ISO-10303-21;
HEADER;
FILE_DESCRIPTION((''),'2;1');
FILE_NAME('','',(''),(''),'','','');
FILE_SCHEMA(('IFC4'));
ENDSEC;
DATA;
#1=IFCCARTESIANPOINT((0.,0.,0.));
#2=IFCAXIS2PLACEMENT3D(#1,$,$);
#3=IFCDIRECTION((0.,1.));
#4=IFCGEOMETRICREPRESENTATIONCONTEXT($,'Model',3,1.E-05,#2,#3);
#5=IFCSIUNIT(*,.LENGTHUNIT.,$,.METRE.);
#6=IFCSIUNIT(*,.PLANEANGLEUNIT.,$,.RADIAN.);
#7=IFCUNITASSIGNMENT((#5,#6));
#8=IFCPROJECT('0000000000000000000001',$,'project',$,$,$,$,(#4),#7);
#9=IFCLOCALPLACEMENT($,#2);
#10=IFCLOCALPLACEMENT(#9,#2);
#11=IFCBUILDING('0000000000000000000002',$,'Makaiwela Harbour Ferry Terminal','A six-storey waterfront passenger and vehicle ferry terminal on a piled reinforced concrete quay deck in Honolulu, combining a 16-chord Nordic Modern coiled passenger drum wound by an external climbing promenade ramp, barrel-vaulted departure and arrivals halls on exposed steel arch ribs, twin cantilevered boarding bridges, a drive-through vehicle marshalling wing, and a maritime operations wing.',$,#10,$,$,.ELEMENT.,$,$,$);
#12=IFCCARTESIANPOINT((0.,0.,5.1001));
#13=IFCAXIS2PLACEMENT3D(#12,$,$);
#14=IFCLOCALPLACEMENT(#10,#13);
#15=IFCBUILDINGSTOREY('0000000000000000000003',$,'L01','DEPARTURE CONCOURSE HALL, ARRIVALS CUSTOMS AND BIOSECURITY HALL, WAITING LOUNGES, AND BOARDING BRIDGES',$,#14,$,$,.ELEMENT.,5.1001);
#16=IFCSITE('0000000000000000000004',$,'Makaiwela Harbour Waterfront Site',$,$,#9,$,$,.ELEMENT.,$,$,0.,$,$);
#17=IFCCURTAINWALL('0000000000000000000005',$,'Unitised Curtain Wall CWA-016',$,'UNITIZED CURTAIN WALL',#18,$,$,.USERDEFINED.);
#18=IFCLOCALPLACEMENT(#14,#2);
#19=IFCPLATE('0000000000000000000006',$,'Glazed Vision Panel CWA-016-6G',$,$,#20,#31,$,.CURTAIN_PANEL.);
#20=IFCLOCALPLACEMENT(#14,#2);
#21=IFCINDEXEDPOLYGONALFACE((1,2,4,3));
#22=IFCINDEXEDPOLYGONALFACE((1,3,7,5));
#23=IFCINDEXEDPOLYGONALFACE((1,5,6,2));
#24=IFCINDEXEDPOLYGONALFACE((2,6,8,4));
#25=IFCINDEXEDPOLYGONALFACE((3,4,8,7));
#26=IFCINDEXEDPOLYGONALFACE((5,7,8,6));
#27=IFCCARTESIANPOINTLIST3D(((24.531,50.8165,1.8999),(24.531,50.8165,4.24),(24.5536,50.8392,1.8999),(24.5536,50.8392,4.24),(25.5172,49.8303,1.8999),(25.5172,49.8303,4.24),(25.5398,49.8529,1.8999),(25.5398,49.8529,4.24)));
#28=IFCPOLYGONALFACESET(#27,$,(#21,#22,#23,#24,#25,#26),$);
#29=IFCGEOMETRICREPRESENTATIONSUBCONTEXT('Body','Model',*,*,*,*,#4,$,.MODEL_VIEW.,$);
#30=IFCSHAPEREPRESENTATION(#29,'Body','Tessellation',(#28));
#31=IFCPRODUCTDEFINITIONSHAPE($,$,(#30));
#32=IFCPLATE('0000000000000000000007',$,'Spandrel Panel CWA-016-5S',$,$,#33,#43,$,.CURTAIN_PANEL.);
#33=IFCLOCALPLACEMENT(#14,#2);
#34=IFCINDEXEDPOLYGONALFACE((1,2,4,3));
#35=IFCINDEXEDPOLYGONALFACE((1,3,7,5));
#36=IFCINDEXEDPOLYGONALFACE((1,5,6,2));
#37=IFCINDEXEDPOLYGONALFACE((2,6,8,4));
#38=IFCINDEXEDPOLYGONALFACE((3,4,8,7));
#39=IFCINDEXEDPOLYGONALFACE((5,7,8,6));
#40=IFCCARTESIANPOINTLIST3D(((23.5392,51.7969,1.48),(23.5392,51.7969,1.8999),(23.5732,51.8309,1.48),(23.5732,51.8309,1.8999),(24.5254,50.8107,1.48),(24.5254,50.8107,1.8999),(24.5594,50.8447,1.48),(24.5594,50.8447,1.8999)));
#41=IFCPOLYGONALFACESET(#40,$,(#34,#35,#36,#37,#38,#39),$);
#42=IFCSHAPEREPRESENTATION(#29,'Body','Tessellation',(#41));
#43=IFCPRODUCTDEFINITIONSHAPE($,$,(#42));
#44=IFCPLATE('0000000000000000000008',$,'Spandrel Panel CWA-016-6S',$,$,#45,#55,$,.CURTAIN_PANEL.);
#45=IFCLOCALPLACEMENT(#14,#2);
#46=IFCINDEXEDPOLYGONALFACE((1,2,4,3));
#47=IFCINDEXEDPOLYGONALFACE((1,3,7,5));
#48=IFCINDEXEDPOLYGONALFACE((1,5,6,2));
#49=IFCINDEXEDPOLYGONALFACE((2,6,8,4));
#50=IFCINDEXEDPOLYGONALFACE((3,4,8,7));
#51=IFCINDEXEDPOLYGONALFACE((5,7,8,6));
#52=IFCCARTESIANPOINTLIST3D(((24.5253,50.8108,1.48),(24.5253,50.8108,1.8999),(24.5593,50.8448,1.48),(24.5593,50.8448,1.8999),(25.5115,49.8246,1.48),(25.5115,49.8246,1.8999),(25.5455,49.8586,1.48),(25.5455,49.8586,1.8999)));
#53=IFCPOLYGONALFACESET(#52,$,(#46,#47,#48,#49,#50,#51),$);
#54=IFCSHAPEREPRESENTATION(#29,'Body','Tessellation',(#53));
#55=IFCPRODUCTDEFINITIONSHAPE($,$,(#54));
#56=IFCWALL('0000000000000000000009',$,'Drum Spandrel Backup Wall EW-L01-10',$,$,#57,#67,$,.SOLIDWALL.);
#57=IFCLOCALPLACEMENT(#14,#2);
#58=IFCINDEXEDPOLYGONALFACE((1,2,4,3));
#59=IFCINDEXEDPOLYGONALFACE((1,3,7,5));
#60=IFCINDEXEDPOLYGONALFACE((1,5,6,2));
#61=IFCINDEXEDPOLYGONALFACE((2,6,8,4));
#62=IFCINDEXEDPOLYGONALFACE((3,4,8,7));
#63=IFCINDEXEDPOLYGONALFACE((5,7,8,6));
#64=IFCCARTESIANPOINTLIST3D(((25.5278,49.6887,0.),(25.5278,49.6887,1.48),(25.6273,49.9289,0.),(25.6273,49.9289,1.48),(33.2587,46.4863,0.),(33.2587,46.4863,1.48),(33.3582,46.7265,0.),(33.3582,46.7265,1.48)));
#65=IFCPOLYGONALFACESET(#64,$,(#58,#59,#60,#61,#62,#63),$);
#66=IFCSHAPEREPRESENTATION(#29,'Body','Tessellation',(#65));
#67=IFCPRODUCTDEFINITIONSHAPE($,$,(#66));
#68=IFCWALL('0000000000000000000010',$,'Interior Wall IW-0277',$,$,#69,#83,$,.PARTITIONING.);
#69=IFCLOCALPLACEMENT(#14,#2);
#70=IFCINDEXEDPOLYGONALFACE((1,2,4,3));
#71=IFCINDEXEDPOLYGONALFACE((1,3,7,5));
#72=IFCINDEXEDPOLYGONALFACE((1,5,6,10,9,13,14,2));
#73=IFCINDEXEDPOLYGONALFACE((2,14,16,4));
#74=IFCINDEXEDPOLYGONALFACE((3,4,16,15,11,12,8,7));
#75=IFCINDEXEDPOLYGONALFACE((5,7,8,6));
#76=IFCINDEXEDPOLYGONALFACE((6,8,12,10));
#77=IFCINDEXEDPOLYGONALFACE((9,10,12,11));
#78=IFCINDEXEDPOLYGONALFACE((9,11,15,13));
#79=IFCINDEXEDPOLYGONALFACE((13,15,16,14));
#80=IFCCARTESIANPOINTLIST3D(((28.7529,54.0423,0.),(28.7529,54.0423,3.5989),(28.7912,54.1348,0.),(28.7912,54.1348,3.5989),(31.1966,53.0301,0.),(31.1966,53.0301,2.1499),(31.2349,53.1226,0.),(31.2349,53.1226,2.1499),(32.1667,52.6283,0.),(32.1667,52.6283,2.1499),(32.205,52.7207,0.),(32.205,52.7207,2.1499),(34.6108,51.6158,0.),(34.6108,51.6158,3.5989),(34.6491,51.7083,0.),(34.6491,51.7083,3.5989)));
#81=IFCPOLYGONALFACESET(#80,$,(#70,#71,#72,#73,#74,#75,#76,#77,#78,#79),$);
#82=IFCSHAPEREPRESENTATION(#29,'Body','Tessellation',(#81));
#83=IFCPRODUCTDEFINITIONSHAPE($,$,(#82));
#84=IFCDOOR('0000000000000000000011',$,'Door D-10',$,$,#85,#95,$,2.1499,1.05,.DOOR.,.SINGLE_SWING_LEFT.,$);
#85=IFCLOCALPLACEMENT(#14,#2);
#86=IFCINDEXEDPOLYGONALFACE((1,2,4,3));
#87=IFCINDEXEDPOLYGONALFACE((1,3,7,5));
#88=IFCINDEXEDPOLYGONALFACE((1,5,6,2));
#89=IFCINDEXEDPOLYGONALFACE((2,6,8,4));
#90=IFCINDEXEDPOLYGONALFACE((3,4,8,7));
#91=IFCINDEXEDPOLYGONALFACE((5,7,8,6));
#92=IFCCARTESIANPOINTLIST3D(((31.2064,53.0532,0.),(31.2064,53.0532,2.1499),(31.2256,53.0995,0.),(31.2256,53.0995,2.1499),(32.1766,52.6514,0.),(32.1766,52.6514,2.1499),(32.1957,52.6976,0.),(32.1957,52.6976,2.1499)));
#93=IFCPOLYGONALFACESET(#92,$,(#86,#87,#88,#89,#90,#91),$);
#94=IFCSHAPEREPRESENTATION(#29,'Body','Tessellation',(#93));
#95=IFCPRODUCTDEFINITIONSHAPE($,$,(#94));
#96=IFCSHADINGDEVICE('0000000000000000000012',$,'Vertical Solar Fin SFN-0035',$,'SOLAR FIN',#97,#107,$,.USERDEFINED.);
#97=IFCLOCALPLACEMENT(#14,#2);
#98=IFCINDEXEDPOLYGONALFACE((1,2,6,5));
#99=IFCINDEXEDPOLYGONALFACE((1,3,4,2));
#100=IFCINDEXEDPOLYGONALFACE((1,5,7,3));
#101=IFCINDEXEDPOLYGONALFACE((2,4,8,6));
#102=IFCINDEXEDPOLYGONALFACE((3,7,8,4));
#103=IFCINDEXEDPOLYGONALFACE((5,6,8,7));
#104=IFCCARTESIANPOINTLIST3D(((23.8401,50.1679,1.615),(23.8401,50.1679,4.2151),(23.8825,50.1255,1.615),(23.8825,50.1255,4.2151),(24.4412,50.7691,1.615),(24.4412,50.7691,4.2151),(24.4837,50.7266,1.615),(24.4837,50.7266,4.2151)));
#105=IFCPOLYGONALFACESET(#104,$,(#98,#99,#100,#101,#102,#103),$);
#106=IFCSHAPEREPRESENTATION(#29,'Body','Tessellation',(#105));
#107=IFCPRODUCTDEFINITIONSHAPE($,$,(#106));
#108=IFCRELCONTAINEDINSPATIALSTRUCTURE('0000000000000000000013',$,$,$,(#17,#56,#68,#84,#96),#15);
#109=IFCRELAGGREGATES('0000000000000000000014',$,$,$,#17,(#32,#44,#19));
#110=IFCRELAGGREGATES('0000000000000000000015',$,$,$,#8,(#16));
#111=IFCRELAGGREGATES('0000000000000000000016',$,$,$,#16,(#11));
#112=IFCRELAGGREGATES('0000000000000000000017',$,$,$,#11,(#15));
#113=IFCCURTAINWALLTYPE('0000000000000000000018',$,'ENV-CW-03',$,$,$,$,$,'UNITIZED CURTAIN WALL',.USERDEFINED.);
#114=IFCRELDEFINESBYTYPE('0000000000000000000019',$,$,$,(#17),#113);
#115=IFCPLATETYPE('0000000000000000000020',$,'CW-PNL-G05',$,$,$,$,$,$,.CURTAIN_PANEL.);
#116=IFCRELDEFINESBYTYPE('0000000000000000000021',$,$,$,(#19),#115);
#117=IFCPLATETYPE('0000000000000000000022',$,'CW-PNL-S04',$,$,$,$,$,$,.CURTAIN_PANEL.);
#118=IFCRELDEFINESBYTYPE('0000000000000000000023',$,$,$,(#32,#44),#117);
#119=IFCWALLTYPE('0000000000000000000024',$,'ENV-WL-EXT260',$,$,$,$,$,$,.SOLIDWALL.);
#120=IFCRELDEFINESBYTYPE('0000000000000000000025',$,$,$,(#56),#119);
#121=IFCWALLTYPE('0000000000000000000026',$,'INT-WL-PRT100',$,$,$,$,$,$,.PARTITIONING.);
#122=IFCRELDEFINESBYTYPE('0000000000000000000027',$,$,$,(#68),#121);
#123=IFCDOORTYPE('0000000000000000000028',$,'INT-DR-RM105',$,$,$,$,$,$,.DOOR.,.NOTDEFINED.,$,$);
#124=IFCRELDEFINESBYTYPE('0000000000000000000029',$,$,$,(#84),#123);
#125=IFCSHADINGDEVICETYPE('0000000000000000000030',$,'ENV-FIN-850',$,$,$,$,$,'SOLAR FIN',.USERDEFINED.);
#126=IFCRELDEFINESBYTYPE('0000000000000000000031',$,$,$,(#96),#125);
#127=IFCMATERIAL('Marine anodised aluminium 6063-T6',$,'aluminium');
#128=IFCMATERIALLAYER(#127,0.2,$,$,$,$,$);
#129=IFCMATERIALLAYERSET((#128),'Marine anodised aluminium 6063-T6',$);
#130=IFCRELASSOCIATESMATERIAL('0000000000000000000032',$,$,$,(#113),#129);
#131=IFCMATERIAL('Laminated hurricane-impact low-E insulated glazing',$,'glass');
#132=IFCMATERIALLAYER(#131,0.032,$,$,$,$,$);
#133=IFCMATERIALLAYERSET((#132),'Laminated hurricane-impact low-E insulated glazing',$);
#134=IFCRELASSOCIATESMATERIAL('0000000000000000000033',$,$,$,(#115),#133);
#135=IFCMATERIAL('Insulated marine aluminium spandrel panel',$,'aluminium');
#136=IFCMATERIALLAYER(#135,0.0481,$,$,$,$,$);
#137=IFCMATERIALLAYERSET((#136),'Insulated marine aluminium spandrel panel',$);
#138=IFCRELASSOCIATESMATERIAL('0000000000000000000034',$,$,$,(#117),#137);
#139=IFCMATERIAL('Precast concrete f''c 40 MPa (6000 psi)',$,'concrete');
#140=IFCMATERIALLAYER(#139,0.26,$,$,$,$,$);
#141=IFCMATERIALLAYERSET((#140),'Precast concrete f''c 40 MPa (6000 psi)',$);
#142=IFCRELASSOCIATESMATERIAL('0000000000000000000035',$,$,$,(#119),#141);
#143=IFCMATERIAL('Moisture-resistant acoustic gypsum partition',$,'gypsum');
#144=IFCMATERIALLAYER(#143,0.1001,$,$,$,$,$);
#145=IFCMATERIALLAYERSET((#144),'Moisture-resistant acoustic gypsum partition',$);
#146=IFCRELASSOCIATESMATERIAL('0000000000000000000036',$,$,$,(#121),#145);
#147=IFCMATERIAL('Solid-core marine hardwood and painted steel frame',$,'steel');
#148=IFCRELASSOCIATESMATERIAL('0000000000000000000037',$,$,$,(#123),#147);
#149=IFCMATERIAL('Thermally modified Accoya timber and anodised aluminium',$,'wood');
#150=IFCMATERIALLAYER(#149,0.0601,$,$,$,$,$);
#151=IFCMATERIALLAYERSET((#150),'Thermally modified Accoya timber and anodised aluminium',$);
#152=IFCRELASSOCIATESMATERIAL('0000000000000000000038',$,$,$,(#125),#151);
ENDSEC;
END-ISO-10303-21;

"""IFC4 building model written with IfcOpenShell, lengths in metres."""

from ifc_helpers import new_model, si_unit, direction, frame, frame_2d, origin, origin_2d, place, context, subcontext, project, spatial, rectangle, extrude, material, layer, layer_set, type_object, element, fill, aggregate, save


model = new_model("IFC4")

# Units and contexts
model_context = context("Model", 3, precision=1e-05, world=origin(), true_north=direction((0.0, 1.0)))
body_context = subcontext(model_context, "Body", "Model", "MODEL_VIEW")
ifc_project = project(units=[si_unit("LENGTHUNIT", "METRE"), si_unit("PLANEANGLEUNIT", "RADIAN")], contexts=[model_context])

# Site, building, storey
site_placement = place(None, origin())
site = spatial("IfcSite", under=ifc_project, at=site_placement, Name="Makaiwela Harbour Waterfront Site", CompositionType="ELEMENT", RefElevation=0.0)
building_placement = place(site_placement, origin())
building = spatial("IfcBuilding", under=site, at=building_placement, Name="Makaiwela Harbour Ferry Terminal", Description="A six-storey waterfront passenger and vehicle ferry terminal on a piled reinforced concrete quay deck in Honolulu, combining a 16-chord Nordic Modern coiled passenger drum wound by an external climbing promenade ramp, barrel-vaulted departure and arrivals halls on exposed steel arch ribs, twin cantilevered boarding bridges, a drive-through vehicle marshalling wing, and a maritime operations wing.", CompositionType="ELEMENT")
storey_placement = place(building_placement, frame((0.0, 0.0, 5.1001)))
storey = spatial("IfcBuildingStorey", under=building, at=storey_placement, Name="L01", Description="DEPARTURE CONCOURSE HALL, ARRIVALS CUSTOMS AND BIOSECURITY HALL, WAITING LOUNGES, AND BOARDING BRIDGES", CompositionType="ELEMENT", Elevation=5.1001)

# Curtain wall
ifc_material_1 = material(Name="Marine anodised aluminium 6063-T6", Category="aluminium")
ifc_layer_1 = layer(ifc_material_1, 0.2)
ifc_layer_set_1 = layer_set([ifc_layer_1], Name="Marine anodised aluminium 6063-T6")
curtain_wall_type = type_object("IfcCurtainWallType", Name="ENV-CW-03", ElementType="UNITIZED CURTAIN WALL", PredefinedType="USERDEFINED", material=ifc_layer_set_1)
curtain_wall_1_placement = place(storey_placement, origin())
curtain_wall_1 = element("IfcCurtainWall", 1, at=curtain_wall_1_placement, inside=storey, type_object=curtain_wall_type, Name="Unitised Curtain Wall CWA-016", ObjectType="UNITIZED CURTAIN WALL", PredefinedType="USERDEFINED")

# Plates
ifc_material_2 = material(Name="Laminated hurricane-impact low-E insulated glazing", Category="glass")
ifc_layer_2 = layer(ifc_material_2, 0.032)
ifc_layer_set_2 = layer_set([ifc_layer_2], Name="Laminated hurricane-impact low-E insulated glazing")
plate_type_1 = type_object("IfcPlateType", Name="CW-PNL-G05", PredefinedType="CURTAIN_PANEL", material=ifc_layer_set_2)
plate_1_placement = place(storey_placement, frame((25.0354, 50.3347, 1.8999), z_axis=(0.0, 0.0, 1.0), x_axis=(0.707107, -0.707107, 0.0)))
plate_1 = element("IfcPlate", 2, at=plate_1_placement, type_object=plate_type_1, Name="Glazed Vision Panel CWA-016-6G", PredefinedType="CURTAIN_PANEL", context=body_context, shape_type="SweptSolid", body=[
    extrude(rectangle(XDim=1.3948, YDim=0.032, at=origin_2d()), origin(), (0.0, 0.0, 1.0), 2.3401),
])
ifc_material_3 = material(Name="Insulated marine aluminium spandrel panel", Category="aluminium")
ifc_layer_3 = layer(ifc_material_3, 0.0481)
ifc_layer_set_3 = layer_set([ifc_layer_3], Name="Insulated marine aluminium spandrel panel")
plate_type_2 = type_object("IfcPlateType", Name="CW-PNL-S04", PredefinedType="CURTAIN_PANEL", material=ifc_layer_set_3)
plate_2_placement = place(storey_placement, frame((24.0493, 51.3208, 1.48), z_axis=(0.0, 0.0, 1.0), x_axis=(0.707107, -0.707107, 0.0)))
plate_2 = element("IfcPlate", 3, at=plate_2_placement, type_object=plate_type_2, Name="Spandrel Panel CWA-016-5S", PredefinedType="CURTAIN_PANEL", context=body_context, shape_type="SweptSolid", body=[
    extrude(rectangle(XDim=1.3948, YDim=0.0481, at=origin_2d()), origin(), (0.0, 0.0, 1.0), 0.4199),
])
plate_3_placement = place(storey_placement, frame((25.0354, 50.3347, 1.48), z_axis=(0.0, 0.0, 1.0), x_axis=(0.707107, -0.707107, 0.0)))
plate_3 = element("IfcPlate", 4, at=plate_3_placement, type_object=plate_type_2, Name="Spandrel Panel CWA-016-6S", PredefinedType="CURTAIN_PANEL", context=body_context, shape_type="SweptSolid", body=[
    extrude(rectangle(XDim=1.3948, YDim=0.0481, at=origin_2d()), origin(), (0.0, 0.0, 1.0), 0.4199),
])
aggregate(curtain_wall_1, [plate_2, plate_3, plate_1])

# Wall
ifc_material_4 = material(Name="Precast concrete f'c 40 MPa (6000 psi)", Category="concrete")
ifc_layer_4 = layer(ifc_material_4, 0.26)
ifc_layer_set_4 = layer_set([ifc_layer_4], Name="Precast concrete f'c 40 MPa (6000 psi)")
wall_type_1 = type_object("IfcWallType", Name="ENV-WL-EXT260", PredefinedType="SOLIDWALL", material=ifc_layer_set_4)
wall_1_placement = place(storey_placement, frame((25.5774, 49.8088, 0.0), z_axis=(0.0, 0.0, 1.0), x_axis=(0.923874, -0.382696, 0.0)))
element("IfcWall", 5, at=wall_1_placement, inside=storey, type_object=wall_type_1, Name="Drum Spandrel Backup Wall EW-L01-10", PredefinedType="SOLIDWALL", context=body_context, shape_type="SweptSolid", body=[
    extrude(rectangle(XDim=8.3679, YDim=0.26, at=frame_2d((4.1841, 0.0))), origin(), (0.0, 0.0, 1.0), 1.48),
])

# Wall, opening, door
ifc_material_5 = material(Name="Moisture-resistant acoustic gypsum partition", Category="gypsum")
ifc_layer_5 = layer(ifc_material_5, 0.1001)
ifc_layer_set_5 = layer_set([ifc_layer_5], Name="Moisture-resistant acoustic gypsum partition")
wall_type_2 = type_object("IfcWallType", Name="INT-WL-PRT100", PredefinedType="PARTITIONING", material=ifc_layer_set_5)
wall_2_placement = place(storey_placement, frame((28.772, 54.0886, 0.0), z_axis=(0.0, 0.0, 1.0), x_axis=(0.923875, -0.382695, 0.0)))
wall_2 = element("IfcWall", 6, at=wall_2_placement, inside=storey, type_object=wall_type_2, Name="Interior Wall IW-0277", PredefinedType="PARTITIONING", context=body_context, shape_type="SweptSolid", body=[
    extrude(rectangle(XDim=6.3406, YDim=0.1001, at=frame_2d((3.1704, 0.0))), origin(), (0.0, 0.0, 1.0), 3.5989),
])
opening_placement = place(wall_2_placement, frame((2.6453, 0.0, 0.0)))
opening = element("IfcOpeningElement", 7, at=opening_placement, cuts=wall_2, PredefinedType="OPENING", context=body_context, shape_type="SweptSolid", body=[
    extrude(rectangle(XDim=1.05, YDim=2.1499, at=frame_2d((0.5249, 1.075))), frame((0.0, 0.0601, 0.0), z_axis=(0.0, -1.0, 0.0), x_axis=(1.0, 0.0, 0.0)), (0.0, 0.0, 1.0), 0.1201),
])
ifc_material_6 = material(Name="Solid-core marine hardwood and painted steel frame", Category="steel")
door_type = type_object("IfcDoorType", Name="INT-DR-RM105", OperationType="NOTDEFINED", PredefinedType="DOOR", material=ifc_material_6)
door_placement = place(opening_placement, frame((1.05, 0.0, 0.0), z_axis=(0.0, 0.0, 1.0), x_axis=(-1.0, 0.0, 0.0)))
door = element("IfcDoor", 8, at=door_placement, inside=storey, type_object=door_type, Name="Door D-10", OperationType="SINGLE_SWING_LEFT", OverallHeight=2.1499, OverallWidth=1.05, PredefinedType="DOOR", context=body_context, shape_type="SweptSolid", body=[
    extrude(rectangle(XDim=1.05, YDim=2.1499, at=frame_2d((0.5249, 1.075))), frame((0.0, 0.0249, 0.0), z_axis=(0.0, -1.0, 0.0), x_axis=(1.0, 0.0, 0.0)), (0.0, 0.0, 1.0), 0.05),
])
fill(opening, door)

# Shading device
ifc_material_7 = material(Name="Thermally modified Accoya timber and anodised aluminium", Category="wood")
ifc_layer_6 = layer(ifc_material_7, 0.0601)
ifc_layer_set_6 = layer_set([ifc_layer_6], Name="Thermally modified Accoya timber and anodised aluminium")
shading_device_type = type_object("IfcShadingDeviceType", Name="ENV-FIN-850", ElementType="SOLAR FIN", PredefinedType="USERDEFINED", material=ifc_layer_set_6)
shading_device_placement = place(storey_placement, frame((24.1619, 50.4473, 1.615), z_axis=(0.0, 0.0, 1.0), x_axis=(-0.707107, -0.707107, 0.0)))
element("IfcShadingDevice", 9, at=shading_device_placement, inside=storey, type_object=shading_device_type, Name="Vertical Solar Fin SFN-0035", ObjectType="SOLAR FIN", PredefinedType="USERDEFINED", context=body_context, shape_type="SweptSolid", body=[
    extrude(rectangle(XDim=0.8501, YDim=0.0601, at=origin_2d()), origin(), (0.0, 0.0, 1.0), 2.6001),
])

save(model, "model.ifc")
